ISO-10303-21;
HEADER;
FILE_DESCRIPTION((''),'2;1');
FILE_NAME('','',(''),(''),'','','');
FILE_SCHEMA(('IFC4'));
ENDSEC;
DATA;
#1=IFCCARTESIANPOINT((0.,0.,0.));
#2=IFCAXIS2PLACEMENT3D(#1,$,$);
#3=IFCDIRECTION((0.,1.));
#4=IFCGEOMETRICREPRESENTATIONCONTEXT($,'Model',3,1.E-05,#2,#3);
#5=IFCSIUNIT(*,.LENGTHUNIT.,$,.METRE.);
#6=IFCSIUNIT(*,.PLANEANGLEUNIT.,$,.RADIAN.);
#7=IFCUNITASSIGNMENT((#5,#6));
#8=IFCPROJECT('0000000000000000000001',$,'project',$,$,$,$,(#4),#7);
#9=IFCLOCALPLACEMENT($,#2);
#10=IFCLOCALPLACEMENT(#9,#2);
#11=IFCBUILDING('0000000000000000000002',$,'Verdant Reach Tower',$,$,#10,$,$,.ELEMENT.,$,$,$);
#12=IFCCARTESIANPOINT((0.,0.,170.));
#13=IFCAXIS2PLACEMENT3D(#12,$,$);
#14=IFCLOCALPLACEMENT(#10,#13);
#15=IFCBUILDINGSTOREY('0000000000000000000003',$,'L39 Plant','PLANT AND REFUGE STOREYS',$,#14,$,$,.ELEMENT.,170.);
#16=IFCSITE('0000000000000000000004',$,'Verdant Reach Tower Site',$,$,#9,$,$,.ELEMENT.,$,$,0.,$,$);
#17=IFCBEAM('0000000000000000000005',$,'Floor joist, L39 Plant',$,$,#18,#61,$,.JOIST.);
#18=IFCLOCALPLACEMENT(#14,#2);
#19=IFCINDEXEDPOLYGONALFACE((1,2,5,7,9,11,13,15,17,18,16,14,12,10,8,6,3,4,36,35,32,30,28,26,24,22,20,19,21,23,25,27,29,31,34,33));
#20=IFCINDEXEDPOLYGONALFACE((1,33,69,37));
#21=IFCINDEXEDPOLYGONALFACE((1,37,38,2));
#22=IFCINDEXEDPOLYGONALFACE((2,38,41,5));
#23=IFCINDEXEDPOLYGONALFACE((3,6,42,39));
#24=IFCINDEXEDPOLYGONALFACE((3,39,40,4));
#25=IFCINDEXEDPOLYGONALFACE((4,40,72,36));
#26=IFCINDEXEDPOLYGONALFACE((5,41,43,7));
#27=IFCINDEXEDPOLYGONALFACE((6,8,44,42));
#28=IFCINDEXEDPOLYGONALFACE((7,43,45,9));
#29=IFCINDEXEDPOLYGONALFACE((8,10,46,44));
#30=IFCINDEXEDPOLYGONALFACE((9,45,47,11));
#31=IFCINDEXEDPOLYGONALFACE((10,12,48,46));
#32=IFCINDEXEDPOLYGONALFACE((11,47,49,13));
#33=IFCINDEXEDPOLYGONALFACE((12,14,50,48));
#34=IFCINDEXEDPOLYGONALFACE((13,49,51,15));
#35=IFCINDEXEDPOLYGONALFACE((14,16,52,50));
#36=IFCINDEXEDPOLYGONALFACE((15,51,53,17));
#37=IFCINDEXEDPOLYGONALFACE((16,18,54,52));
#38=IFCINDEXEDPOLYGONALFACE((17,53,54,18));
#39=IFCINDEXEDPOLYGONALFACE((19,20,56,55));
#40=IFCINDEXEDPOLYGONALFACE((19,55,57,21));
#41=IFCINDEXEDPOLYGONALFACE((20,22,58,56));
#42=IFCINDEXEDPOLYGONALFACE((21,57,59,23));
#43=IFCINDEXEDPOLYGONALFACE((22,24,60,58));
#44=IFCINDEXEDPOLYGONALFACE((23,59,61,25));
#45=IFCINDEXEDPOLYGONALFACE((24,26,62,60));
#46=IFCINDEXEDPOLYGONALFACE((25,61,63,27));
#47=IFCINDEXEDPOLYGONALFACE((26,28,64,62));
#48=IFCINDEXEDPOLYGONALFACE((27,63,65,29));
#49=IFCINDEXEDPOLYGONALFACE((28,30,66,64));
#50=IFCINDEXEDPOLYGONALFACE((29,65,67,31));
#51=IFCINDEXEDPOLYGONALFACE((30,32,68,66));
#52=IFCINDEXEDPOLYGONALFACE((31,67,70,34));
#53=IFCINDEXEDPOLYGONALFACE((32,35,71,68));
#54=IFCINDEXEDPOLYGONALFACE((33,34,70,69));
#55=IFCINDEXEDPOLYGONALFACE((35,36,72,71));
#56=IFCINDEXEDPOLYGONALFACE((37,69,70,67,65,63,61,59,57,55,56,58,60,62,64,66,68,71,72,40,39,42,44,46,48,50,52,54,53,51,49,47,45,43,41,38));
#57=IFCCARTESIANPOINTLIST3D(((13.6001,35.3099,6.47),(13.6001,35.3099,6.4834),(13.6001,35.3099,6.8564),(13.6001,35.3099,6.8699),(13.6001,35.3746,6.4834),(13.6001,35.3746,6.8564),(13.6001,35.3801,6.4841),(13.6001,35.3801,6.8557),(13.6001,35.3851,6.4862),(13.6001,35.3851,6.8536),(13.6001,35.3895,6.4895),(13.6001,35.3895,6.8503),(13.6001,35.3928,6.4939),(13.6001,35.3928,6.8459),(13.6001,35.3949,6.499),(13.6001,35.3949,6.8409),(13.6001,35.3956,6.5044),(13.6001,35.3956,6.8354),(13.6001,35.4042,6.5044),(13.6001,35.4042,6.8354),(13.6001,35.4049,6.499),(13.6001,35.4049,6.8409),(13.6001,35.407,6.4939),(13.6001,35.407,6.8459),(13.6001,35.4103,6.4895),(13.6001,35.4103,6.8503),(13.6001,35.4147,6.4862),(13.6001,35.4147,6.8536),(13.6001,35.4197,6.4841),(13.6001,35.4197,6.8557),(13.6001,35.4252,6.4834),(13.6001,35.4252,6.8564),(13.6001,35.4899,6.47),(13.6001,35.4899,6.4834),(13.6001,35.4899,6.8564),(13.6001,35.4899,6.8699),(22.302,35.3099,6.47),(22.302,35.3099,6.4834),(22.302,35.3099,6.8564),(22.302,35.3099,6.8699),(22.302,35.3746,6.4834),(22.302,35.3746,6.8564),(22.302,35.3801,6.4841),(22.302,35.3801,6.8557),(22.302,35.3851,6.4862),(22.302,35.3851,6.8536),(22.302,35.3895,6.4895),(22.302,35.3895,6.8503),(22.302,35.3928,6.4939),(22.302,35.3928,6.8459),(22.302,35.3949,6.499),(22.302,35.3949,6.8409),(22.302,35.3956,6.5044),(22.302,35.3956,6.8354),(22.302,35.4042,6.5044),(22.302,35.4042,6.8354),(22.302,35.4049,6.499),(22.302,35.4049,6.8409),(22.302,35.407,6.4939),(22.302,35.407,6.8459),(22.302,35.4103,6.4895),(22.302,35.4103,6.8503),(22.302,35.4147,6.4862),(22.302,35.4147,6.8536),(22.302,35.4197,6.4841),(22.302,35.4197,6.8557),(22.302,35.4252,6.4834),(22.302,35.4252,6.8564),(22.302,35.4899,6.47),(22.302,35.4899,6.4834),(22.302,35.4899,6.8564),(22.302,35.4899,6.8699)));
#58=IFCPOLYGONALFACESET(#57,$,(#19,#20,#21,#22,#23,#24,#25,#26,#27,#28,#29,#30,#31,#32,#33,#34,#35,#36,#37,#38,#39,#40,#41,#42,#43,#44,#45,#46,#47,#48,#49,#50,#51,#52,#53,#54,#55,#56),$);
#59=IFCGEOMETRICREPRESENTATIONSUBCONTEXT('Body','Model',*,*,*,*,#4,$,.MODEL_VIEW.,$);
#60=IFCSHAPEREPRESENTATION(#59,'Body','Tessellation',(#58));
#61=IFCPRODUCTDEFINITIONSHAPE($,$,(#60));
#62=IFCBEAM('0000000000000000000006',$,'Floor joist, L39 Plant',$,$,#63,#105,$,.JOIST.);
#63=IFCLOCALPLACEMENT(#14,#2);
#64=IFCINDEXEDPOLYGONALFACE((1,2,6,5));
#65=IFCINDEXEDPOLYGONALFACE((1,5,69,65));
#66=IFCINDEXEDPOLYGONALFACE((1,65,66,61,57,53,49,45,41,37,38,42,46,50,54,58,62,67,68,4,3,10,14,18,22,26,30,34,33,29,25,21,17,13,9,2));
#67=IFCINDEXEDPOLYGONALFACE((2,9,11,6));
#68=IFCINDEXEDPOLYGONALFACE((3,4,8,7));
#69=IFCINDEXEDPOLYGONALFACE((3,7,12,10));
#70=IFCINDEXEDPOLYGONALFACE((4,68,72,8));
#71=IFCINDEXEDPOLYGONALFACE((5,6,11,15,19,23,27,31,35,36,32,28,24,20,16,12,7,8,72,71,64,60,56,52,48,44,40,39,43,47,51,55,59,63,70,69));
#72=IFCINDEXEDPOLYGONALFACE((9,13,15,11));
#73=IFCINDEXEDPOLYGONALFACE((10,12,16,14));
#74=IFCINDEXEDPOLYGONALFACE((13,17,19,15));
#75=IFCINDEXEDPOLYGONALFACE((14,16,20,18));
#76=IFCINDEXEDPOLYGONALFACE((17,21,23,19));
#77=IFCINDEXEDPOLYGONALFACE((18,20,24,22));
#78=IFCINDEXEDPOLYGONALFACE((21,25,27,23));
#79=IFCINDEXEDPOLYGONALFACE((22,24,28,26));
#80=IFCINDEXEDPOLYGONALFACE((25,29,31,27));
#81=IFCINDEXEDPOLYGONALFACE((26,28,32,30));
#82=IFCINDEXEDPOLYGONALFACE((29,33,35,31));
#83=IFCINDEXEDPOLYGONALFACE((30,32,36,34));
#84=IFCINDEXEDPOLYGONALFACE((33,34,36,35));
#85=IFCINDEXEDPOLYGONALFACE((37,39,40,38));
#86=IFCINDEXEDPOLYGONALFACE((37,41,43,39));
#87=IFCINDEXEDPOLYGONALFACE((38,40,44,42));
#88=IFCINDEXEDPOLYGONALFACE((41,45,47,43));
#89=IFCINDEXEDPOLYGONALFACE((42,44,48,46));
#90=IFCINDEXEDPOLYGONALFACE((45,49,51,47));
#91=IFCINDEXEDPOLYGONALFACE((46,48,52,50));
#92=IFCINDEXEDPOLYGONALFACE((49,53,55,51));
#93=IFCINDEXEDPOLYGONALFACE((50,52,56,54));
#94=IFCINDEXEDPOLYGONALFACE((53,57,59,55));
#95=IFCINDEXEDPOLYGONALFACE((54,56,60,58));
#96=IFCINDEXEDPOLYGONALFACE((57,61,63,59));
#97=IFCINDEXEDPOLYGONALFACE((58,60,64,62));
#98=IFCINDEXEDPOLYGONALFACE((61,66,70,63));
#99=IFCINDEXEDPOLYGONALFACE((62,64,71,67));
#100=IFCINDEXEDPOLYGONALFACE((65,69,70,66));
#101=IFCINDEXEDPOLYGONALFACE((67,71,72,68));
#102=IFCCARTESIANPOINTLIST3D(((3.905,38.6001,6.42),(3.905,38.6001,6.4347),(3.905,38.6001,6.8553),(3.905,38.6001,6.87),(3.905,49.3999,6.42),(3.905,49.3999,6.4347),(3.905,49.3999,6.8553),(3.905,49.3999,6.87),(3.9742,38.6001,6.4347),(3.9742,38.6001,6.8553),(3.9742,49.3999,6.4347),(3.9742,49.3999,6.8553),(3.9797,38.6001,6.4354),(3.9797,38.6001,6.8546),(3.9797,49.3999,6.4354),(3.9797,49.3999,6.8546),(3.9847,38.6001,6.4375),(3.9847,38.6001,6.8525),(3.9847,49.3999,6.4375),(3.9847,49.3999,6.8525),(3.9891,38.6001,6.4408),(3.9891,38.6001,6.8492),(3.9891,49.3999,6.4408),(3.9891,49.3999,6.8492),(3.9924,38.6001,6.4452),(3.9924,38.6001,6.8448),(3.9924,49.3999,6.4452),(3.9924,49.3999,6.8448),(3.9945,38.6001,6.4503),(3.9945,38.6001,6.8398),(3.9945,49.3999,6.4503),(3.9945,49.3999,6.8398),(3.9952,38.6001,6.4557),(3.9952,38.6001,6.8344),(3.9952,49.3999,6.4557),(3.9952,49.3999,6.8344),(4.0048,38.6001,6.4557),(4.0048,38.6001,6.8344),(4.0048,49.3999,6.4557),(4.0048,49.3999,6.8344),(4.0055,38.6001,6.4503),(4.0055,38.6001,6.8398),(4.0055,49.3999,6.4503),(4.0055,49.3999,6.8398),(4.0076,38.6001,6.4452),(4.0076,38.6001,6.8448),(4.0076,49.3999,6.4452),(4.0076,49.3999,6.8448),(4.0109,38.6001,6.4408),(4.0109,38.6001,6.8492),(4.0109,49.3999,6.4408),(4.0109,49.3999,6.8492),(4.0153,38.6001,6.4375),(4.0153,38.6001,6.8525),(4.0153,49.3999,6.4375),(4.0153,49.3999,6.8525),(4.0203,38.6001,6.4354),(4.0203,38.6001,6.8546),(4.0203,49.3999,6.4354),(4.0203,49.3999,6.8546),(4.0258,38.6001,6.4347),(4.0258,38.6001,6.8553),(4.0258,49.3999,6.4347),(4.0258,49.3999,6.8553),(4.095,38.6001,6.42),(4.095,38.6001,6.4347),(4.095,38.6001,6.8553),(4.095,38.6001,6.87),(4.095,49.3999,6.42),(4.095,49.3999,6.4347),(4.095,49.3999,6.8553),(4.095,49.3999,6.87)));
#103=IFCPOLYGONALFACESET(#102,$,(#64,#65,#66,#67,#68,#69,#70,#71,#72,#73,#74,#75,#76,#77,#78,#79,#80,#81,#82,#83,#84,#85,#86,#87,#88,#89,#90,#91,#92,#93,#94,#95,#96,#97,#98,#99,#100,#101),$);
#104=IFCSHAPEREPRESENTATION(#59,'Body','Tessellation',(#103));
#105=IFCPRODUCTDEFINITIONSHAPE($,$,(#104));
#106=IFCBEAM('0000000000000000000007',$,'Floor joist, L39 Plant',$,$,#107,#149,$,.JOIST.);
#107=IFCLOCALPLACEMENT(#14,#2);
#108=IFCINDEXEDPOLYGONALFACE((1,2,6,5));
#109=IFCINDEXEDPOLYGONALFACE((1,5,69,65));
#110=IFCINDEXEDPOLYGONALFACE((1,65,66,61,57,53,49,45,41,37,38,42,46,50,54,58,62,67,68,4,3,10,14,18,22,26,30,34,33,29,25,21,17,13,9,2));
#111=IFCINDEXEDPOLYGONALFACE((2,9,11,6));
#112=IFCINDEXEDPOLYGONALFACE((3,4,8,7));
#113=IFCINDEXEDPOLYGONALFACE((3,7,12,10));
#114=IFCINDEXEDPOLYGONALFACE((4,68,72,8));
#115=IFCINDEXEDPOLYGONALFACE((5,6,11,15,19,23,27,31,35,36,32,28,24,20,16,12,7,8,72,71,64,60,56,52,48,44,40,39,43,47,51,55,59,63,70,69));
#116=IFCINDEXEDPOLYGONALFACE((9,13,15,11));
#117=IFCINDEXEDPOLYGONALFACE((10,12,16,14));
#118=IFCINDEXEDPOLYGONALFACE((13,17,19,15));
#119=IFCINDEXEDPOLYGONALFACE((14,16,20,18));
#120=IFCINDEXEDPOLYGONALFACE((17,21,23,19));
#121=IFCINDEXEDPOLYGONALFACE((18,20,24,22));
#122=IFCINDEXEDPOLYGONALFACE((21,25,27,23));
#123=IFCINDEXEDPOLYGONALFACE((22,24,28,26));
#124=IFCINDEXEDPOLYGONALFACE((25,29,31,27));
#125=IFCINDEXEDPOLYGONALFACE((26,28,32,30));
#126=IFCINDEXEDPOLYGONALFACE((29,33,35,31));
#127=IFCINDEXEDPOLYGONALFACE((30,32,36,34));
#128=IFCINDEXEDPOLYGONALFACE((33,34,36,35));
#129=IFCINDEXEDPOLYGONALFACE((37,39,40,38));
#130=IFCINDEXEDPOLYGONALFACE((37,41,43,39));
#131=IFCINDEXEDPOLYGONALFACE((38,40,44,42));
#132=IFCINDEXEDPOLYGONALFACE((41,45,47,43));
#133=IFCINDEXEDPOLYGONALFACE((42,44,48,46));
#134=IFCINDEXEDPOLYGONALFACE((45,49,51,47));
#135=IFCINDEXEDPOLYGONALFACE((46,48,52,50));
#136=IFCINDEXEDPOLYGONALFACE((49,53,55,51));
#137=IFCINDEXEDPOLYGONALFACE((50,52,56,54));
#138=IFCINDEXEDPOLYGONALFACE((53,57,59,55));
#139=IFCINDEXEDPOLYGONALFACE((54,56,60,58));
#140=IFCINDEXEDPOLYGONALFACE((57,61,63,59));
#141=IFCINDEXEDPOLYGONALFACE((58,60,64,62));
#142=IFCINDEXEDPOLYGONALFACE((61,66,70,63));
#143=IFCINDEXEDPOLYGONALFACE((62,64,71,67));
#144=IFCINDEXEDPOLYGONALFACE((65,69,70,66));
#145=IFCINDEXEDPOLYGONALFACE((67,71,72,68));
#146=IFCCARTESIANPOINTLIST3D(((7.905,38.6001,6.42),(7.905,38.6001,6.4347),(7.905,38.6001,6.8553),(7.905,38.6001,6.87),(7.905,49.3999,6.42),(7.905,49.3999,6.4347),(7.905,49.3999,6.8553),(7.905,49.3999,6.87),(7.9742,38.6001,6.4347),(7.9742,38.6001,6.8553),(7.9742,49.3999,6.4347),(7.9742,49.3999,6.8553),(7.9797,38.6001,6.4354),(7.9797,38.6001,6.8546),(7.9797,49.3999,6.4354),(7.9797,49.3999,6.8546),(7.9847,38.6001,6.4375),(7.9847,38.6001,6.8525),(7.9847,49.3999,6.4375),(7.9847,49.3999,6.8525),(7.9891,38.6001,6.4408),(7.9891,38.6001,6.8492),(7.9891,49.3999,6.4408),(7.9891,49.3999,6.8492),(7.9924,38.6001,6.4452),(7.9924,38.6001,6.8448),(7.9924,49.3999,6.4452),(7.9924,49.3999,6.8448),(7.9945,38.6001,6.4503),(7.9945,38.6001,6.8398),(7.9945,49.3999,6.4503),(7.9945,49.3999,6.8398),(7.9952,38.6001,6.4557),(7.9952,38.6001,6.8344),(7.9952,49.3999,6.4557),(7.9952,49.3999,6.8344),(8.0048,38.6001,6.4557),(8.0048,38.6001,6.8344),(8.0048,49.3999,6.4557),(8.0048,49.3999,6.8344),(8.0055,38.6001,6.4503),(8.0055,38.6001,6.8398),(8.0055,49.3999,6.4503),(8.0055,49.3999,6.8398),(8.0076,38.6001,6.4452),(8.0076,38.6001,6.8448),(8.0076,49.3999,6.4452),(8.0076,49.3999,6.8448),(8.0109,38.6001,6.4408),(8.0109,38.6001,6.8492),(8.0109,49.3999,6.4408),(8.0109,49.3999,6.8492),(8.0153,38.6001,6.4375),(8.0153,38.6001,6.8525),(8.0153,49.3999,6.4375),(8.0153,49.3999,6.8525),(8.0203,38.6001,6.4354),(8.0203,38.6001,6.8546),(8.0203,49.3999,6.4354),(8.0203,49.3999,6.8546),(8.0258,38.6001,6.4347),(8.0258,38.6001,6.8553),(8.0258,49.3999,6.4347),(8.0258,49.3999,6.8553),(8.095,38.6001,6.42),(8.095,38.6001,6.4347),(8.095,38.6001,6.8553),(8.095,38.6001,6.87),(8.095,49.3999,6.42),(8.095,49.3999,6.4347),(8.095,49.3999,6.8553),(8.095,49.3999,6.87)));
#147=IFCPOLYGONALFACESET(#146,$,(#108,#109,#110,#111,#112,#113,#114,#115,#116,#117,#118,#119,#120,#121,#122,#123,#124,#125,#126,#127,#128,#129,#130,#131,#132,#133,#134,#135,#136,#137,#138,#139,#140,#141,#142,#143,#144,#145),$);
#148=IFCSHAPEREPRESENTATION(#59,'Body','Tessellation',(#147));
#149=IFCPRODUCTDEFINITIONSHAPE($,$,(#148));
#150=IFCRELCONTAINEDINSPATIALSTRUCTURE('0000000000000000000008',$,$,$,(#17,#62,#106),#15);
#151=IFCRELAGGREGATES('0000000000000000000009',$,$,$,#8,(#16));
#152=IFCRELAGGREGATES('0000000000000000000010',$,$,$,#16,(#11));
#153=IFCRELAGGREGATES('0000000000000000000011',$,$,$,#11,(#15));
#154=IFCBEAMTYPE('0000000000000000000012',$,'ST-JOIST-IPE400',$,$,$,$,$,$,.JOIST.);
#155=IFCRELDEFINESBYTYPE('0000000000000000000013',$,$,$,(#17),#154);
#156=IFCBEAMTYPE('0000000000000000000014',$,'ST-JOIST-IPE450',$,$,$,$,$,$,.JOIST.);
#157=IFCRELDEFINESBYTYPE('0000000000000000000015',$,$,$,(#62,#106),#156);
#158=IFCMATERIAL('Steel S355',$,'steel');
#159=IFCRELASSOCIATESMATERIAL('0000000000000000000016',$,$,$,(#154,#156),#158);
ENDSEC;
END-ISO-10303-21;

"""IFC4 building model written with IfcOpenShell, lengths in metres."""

from ifc_helpers import new_model, si_unit, direction, frame, origin, origin_2d, place, context, subcontext, project, spatial, i_section, extrude, material, material_profile, profile_set, type_object, element, save


model = new_model("IFC4")

# Units and contexts
model_context = context("Model", 3, precision=1e-05, world=origin(), true_north=direction((0.0, 1.0)))
body_context = subcontext(model_context, "Body", "Model", "MODEL_VIEW")
ifc_project = project(units=[si_unit("LENGTHUNIT", "METRE"), si_unit("PLANEANGLEUNIT", "RADIAN")], contexts=[model_context])

# Site, building, storey
site_placement = place(None, origin())
site = spatial("IfcSite", under=ifc_project, at=site_placement, Name="Verdant Reach Tower Site", CompositionType="ELEMENT", RefElevation=0.0)
building_placement = place(site_placement, origin())
building = spatial("IfcBuilding", under=site, at=building_placement, Name="Verdant Reach Tower", CompositionType="ELEMENT")
storey_placement = place(building_placement, frame((0.0, 0.0, 170.0)))
storey = spatial("IfcBuildingStorey", under=building, at=storey_placement, Name="L39 Plant", Description="PLANT AND REFUGE STOREYS", CompositionType="ELEMENT", Elevation=170.0)

# Beams
ifc_material_1 = material(Name="Steel S355", Category="steel")
ifc_material_profile_1 = material_profile(ifc_material_1, i_section(OverallWidth=0.1799, OverallDepth=0.3999, WebThickness=0.0085, FlangeThickness=0.0134, FilletRadius=0.021, at=origin_2d()), Name="IPE 400")
ifc_profile_set_1 = profile_set([ifc_material_profile_1], Name="Steel S355")
beam_type_1 = type_object("IfcBeamType", Name="ST-JOIST-IPE400", PredefinedType="JOIST", material=ifc_profile_set_1)
beam_1_placement = place(storey_placement, frame((13.6001, 35.3999, 6.6699), z_axis=(1.0, 0.0, 0.0), x_axis=(0.0, 1.0, 0.0)))
element("IfcBeam", 1, at=beam_1_placement, inside=storey, type_object=beam_type_1, Name="Floor joist, L39 Plant", PredefinedType="JOIST", context=body_context, shape_type="SweptSolid", body=[
    extrude(i_section(OverallWidth=0.1799, OverallDepth=0.3999, WebThickness=0.0085, FlangeThickness=0.0134, FilletRadius=0.021, at=origin_2d()), origin(), (0.0, 0.0, 1.0), 8.7019),
])
ifc_material_profile_2 = material_profile(ifc_material_1, i_section(OverallWidth=0.1899, OverallDepth=0.45, WebThickness=0.0095, FlangeThickness=0.0146, FilletRadius=0.021, at=origin_2d()), Name="IPE 450")
ifc_profile_set_2 = profile_set([ifc_material_profile_2], Name="Steel S355")
beam_type_2 = type_object("IfcBeamType", Name="ST-JOIST-IPE450", PredefinedType="JOIST", material=ifc_profile_set_2)
for number, where, z_axis, x_axis, name in (
    (2, (4.0, 38.6001, 6.645), (0.0, 1.0, 0.0), (-1.0, 0.0, 0.0), "Floor joist, L39 Plant"),
    (3, (8.0, 38.6001, 6.645), (0.0, 1.0, 0.0), (-1.0, 0.0, 0.0), "Floor joist, L39 Plant"),
):
    element("IfcBeam", number, at=place(storey_placement, frame(where, z_axis=z_axis, x_axis=x_axis)), inside=storey, type_object=beam_type_2, Name=name, PredefinedType="JOIST", context=body_context, shape_type="SweptSolid", body=[
        extrude(i_section(OverallWidth=0.1899, OverallDepth=0.45, WebThickness=0.0095, FlangeThickness=0.0146, FilletRadius=0.021, at=origin_2d()), origin(), (0.0, 0.0, 1.0), 10.7998),
    ])

save(model, "model.ifc")
